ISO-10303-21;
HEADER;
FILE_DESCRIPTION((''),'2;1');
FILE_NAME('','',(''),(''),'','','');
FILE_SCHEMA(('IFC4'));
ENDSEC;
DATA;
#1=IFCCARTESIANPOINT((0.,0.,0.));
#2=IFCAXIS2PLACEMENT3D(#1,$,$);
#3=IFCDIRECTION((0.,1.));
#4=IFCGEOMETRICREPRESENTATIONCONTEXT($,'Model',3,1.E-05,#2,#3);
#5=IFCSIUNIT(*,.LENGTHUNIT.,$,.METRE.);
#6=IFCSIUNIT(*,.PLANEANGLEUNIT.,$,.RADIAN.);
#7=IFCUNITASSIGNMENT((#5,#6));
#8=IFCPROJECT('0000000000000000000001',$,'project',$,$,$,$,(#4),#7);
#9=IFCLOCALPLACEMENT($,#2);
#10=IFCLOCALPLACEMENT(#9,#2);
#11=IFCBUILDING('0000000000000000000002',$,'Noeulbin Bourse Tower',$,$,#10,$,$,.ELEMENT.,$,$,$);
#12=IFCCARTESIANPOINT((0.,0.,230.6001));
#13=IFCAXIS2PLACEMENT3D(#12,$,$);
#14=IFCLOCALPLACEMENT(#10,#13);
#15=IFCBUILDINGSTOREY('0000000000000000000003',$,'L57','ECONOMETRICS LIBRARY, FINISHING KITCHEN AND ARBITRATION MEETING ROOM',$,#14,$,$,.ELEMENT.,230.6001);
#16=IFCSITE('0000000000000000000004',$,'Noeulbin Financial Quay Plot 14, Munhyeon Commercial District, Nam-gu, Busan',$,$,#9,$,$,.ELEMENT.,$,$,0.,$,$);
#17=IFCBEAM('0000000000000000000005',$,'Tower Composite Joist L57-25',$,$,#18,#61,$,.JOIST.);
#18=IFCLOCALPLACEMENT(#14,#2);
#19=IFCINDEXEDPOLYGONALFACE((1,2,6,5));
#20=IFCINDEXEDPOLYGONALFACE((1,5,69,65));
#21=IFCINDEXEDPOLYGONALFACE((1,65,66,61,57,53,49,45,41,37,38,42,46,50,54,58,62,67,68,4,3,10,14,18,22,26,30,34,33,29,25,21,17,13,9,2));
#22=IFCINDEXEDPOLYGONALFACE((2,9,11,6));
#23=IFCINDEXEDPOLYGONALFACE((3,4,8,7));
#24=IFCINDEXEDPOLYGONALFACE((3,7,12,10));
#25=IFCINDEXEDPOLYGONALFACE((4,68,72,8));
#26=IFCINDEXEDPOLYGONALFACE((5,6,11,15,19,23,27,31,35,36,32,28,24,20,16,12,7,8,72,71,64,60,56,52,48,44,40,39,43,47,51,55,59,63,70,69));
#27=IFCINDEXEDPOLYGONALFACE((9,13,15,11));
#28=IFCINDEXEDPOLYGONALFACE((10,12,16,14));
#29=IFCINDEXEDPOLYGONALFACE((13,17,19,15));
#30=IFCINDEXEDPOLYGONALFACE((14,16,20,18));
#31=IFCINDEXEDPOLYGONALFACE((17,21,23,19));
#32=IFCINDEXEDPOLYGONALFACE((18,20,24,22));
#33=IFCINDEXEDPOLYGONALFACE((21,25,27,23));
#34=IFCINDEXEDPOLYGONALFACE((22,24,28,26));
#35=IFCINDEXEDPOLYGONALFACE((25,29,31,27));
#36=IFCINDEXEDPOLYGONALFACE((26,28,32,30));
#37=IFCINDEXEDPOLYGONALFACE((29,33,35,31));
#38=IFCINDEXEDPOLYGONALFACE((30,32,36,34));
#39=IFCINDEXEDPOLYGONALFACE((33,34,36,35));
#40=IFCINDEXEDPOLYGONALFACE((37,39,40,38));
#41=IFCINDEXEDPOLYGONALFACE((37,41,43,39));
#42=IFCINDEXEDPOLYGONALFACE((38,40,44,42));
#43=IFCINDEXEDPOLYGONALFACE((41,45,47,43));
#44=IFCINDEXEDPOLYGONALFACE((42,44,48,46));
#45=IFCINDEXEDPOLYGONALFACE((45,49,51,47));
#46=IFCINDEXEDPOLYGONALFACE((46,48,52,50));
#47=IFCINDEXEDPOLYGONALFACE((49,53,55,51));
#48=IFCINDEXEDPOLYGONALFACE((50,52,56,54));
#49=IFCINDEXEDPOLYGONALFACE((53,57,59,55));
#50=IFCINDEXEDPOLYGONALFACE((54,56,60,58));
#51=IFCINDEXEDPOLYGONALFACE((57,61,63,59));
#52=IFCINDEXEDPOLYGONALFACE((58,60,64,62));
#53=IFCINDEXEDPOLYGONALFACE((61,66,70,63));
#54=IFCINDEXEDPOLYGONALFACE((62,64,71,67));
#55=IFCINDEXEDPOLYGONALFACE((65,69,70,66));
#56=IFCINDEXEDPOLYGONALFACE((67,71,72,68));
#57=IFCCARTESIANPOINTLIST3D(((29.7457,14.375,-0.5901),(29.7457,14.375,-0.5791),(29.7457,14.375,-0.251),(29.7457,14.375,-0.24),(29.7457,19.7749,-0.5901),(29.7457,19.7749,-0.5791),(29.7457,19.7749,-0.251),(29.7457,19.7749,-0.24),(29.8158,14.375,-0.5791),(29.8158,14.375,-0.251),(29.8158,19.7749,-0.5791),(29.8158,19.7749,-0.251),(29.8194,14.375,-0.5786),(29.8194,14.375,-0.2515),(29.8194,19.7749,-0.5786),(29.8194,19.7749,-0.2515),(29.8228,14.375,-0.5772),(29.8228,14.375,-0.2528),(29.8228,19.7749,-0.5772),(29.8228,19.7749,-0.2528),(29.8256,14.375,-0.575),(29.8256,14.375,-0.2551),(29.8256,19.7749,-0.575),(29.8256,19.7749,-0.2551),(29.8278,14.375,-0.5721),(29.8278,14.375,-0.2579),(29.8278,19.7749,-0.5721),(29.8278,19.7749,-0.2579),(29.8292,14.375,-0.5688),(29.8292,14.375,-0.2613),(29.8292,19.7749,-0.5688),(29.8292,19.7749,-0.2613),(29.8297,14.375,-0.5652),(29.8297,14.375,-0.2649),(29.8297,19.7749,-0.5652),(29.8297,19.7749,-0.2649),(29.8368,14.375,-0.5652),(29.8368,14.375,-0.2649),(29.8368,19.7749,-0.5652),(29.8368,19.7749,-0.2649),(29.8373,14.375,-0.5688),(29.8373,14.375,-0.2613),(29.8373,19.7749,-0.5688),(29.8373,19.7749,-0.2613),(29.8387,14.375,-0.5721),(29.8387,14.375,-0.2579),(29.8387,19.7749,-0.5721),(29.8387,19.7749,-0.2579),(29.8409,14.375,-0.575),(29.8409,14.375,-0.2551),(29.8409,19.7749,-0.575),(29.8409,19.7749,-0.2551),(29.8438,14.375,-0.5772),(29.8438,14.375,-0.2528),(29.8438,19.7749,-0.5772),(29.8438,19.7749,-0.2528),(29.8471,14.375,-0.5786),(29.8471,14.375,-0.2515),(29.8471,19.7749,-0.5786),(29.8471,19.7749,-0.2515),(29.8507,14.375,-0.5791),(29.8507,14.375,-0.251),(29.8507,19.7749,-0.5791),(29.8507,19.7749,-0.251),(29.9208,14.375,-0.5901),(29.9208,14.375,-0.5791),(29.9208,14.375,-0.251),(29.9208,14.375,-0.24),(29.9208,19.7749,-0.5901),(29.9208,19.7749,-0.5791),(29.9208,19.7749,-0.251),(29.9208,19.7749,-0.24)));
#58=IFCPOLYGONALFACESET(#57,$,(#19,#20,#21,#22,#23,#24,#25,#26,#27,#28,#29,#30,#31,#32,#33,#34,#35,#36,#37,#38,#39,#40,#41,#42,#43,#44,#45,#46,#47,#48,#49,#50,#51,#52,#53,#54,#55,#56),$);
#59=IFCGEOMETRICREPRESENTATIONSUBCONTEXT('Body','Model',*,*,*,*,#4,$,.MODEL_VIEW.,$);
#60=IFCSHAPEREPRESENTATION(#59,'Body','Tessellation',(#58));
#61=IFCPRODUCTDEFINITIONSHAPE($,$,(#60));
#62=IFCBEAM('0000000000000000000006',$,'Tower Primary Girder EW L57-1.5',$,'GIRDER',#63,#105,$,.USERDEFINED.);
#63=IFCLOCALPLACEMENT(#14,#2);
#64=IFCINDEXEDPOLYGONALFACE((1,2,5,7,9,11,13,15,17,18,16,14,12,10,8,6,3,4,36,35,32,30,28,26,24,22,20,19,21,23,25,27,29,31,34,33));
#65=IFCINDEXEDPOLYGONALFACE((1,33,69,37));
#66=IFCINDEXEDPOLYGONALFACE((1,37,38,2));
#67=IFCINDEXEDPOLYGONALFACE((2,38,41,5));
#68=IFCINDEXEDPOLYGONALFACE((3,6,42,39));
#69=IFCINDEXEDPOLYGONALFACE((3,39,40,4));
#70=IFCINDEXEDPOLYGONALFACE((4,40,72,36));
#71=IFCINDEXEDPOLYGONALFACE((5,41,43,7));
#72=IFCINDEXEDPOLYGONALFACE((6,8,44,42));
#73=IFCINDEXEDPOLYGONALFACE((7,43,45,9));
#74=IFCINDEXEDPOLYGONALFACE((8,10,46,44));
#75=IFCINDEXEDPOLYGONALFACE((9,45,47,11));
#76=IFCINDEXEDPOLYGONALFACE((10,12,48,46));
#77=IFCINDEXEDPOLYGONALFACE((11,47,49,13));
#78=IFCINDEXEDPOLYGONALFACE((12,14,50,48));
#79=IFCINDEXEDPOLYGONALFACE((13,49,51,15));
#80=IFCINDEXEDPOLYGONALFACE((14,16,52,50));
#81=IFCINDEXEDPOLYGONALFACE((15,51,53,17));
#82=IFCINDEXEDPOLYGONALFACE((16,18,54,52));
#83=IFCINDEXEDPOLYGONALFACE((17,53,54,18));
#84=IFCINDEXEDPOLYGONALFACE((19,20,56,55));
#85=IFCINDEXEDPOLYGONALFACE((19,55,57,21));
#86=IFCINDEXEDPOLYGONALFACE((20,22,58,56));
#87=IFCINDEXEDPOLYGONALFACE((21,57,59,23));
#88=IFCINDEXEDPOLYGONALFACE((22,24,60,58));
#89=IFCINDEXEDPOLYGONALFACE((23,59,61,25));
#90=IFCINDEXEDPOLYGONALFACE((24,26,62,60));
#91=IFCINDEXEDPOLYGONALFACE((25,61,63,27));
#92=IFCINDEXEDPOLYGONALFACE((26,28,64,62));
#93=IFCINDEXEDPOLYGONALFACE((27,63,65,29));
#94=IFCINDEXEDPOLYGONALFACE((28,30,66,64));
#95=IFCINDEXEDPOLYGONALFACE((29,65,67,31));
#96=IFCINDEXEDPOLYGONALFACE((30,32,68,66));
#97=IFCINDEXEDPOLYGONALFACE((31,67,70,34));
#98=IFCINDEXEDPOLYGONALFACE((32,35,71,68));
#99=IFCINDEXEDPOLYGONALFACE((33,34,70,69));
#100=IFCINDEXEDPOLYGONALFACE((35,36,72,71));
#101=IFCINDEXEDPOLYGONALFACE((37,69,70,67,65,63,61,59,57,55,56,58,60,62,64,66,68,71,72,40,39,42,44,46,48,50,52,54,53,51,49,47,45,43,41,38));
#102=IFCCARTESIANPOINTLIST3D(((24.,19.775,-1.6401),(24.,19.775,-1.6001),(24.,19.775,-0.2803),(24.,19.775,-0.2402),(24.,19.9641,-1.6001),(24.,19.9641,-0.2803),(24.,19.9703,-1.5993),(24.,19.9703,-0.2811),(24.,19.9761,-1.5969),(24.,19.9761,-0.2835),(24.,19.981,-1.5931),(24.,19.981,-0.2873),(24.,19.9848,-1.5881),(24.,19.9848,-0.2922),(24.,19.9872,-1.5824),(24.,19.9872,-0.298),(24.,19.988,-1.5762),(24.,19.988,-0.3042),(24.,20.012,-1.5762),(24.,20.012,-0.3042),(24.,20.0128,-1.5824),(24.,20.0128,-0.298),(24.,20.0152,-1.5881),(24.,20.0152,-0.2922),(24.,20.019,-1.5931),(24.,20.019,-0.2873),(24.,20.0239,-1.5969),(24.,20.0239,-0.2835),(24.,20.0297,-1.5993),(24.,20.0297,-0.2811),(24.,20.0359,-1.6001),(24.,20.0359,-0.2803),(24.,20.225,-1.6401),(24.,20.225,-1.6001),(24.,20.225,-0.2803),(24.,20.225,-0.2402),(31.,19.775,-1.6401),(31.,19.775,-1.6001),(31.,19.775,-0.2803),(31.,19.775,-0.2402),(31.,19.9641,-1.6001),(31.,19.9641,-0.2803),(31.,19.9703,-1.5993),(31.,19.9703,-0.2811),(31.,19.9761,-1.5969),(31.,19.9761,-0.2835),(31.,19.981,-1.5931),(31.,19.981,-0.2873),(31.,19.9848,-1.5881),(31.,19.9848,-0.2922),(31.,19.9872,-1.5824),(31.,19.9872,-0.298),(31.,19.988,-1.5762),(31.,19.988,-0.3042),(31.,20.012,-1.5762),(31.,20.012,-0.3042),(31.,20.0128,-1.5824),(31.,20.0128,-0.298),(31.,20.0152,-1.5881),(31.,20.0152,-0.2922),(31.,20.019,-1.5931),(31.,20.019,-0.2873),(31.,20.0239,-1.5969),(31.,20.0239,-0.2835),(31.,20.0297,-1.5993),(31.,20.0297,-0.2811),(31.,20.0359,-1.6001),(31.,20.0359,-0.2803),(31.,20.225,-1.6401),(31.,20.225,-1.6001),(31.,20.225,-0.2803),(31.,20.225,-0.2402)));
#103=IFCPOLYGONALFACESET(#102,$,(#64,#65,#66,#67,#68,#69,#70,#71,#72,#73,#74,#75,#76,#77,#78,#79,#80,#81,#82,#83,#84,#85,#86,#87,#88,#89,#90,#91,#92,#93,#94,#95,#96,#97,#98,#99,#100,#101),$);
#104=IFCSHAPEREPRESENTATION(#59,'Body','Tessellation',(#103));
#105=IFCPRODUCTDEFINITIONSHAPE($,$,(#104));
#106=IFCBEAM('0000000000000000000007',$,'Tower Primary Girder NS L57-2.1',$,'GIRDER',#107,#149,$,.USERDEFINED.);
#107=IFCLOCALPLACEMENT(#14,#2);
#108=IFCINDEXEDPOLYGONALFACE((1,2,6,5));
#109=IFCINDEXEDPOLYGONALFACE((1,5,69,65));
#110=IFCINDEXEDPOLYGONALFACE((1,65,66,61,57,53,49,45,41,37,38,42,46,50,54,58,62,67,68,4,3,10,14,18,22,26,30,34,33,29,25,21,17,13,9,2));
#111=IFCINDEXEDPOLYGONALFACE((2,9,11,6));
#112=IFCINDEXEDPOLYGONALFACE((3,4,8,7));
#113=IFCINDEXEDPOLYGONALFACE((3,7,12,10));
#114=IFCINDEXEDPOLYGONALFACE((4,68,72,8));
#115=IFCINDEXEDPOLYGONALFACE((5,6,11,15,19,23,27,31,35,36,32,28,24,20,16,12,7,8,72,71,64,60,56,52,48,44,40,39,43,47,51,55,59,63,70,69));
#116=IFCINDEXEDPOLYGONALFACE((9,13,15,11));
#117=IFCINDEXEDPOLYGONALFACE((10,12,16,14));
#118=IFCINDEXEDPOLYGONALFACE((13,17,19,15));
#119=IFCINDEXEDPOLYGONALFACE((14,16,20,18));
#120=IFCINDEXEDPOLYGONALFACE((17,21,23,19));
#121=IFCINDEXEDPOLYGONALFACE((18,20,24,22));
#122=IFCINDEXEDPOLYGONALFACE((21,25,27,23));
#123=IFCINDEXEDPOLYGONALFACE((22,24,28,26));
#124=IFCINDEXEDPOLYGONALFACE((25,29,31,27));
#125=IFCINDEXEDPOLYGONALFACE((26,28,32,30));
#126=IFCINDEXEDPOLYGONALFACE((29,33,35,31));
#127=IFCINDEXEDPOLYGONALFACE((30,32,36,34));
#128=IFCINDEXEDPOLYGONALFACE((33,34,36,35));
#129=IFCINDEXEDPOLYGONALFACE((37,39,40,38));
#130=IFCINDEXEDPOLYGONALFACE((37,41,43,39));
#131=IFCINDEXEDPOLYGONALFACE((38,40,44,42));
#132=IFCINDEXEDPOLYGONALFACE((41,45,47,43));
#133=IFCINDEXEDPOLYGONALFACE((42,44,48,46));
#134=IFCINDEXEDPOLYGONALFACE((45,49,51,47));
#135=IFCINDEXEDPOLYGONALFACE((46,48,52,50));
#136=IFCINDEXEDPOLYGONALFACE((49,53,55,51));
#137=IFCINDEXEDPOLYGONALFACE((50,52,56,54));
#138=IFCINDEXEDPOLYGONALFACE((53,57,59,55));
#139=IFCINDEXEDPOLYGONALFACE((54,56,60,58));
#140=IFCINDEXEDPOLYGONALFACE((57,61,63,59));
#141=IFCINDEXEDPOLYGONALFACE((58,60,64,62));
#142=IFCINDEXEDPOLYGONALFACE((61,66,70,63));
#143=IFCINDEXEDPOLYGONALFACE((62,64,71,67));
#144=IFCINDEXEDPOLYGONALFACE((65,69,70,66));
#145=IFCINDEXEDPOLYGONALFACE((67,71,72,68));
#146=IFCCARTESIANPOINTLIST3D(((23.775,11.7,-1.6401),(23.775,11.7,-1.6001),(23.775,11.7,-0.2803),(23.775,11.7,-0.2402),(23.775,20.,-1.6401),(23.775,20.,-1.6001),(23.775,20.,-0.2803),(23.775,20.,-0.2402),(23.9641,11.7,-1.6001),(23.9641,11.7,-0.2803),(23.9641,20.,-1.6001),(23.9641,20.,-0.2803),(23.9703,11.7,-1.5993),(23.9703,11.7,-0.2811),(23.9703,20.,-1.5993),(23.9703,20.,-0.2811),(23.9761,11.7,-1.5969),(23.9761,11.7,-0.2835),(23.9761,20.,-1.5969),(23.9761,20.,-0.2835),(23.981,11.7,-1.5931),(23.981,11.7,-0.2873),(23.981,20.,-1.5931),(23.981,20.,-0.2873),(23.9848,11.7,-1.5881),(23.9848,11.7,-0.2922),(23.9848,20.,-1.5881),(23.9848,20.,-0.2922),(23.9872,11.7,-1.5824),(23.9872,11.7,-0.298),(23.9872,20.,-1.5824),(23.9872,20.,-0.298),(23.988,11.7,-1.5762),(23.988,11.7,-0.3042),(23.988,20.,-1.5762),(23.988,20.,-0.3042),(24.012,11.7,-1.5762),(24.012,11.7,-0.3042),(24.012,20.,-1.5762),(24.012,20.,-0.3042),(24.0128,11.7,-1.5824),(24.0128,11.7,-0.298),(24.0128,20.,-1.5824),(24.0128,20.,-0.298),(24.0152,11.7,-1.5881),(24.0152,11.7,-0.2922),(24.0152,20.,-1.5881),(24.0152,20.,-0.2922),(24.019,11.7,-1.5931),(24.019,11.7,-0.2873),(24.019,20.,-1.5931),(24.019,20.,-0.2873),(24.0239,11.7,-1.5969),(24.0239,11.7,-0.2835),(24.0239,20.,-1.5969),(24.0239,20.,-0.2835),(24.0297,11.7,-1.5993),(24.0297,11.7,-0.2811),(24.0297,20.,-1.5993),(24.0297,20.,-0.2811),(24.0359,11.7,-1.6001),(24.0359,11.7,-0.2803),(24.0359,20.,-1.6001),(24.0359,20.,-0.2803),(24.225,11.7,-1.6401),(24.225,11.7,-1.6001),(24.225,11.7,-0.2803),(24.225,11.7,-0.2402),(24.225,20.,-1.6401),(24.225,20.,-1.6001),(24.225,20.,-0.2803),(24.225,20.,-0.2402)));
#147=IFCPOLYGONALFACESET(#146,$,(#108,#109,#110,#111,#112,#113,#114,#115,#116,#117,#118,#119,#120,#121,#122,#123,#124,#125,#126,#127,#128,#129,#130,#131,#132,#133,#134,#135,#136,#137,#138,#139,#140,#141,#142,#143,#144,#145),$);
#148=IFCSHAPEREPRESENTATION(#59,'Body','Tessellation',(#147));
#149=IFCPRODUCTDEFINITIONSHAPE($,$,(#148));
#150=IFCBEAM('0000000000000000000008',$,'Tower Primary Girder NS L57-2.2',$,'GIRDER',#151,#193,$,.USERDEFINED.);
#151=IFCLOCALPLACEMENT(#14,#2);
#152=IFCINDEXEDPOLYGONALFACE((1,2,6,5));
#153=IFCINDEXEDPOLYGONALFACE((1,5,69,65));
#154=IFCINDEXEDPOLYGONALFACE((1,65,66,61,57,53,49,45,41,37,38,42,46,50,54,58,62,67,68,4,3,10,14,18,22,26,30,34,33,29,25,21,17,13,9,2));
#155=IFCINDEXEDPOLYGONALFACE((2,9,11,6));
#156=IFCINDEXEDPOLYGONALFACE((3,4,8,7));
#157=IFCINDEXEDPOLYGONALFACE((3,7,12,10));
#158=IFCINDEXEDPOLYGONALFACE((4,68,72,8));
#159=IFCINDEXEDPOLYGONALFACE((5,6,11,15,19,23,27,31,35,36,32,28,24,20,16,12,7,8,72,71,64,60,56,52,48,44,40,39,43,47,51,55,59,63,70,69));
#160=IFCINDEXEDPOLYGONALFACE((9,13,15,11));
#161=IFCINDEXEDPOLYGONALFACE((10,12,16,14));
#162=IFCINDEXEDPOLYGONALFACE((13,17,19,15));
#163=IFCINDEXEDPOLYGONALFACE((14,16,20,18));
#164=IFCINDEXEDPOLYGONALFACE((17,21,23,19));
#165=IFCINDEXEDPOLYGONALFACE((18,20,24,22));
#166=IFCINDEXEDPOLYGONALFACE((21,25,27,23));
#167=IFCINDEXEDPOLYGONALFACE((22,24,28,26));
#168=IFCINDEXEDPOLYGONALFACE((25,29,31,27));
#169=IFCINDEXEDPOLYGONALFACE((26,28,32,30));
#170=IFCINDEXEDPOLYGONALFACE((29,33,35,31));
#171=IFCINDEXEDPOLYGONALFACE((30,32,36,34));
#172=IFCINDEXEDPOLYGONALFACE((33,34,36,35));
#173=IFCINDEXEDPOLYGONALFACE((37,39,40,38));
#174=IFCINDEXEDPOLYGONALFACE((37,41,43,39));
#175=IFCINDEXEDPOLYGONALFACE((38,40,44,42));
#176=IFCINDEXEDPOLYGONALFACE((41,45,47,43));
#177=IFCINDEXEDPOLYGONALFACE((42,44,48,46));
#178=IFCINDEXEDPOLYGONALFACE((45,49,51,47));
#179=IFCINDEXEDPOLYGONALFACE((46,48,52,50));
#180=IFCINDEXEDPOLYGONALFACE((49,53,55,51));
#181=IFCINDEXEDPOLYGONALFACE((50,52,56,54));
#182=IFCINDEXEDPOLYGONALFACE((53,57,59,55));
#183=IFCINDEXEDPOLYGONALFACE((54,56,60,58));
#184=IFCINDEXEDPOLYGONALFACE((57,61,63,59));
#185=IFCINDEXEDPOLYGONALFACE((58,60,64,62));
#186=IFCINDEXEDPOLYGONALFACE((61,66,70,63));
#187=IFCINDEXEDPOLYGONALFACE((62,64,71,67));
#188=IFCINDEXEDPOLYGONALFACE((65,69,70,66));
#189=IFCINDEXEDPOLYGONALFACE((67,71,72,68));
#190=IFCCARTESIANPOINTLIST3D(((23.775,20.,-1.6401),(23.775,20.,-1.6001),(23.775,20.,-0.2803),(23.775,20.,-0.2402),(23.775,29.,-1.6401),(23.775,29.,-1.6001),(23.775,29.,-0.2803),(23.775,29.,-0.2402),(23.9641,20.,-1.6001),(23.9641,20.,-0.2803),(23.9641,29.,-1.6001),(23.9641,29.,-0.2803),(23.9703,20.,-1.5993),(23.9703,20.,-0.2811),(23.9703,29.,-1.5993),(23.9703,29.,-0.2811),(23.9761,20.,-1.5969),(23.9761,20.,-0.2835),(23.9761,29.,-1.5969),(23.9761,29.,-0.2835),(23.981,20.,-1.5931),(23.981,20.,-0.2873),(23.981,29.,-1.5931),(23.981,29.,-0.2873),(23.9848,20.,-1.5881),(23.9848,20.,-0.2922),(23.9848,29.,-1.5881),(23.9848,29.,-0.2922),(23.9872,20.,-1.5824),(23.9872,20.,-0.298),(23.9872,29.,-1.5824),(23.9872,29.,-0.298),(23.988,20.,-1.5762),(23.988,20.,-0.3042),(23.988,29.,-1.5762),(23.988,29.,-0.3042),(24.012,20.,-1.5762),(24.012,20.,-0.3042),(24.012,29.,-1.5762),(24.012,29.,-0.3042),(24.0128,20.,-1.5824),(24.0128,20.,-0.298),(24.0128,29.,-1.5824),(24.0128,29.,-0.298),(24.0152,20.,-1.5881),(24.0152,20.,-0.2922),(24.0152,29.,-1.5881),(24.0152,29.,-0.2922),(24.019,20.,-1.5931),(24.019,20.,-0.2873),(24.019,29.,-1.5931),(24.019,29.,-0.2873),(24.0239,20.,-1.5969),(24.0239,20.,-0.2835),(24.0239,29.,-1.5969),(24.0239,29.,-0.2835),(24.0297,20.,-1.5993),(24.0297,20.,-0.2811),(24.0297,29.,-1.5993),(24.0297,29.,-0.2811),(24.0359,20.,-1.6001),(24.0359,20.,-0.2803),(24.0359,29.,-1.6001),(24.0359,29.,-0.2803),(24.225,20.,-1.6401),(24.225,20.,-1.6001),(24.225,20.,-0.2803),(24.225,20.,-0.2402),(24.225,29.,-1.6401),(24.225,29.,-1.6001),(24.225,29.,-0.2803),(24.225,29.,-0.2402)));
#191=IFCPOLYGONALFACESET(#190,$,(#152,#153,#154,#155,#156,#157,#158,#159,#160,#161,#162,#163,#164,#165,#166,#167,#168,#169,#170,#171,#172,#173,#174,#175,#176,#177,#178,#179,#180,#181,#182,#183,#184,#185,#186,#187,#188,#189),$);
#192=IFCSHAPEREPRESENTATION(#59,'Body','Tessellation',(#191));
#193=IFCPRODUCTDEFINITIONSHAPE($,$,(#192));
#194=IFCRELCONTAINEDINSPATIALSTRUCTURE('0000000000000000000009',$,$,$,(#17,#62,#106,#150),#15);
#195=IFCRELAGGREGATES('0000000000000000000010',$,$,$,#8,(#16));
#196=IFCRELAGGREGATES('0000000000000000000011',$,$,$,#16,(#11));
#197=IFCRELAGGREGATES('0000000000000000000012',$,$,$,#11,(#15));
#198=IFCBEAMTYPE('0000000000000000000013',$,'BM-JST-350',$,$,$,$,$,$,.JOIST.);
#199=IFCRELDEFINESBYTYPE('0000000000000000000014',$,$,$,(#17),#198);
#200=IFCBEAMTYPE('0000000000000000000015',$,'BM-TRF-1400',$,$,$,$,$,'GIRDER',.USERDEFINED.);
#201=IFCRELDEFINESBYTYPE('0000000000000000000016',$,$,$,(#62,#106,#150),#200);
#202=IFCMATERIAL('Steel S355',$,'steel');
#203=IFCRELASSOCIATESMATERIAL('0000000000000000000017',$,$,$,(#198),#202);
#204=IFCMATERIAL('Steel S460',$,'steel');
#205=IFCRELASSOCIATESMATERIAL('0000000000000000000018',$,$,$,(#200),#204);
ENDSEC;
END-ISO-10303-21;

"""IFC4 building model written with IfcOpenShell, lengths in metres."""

from ifc_helpers import new_model, si_unit, direction, frame, origin, origin_2d, place, context, subcontext, project, spatial, i_section, extrude, material, material_profile, profile_set, type_object, element, save


model = new_model("IFC4")

# Units and contexts
model_context = context("Model", 3, precision=1e-05, world=origin(), true_north=direction((0.0, 1.0)))
body_context = subcontext(model_context, "Body", "Model", "MODEL_VIEW")
ifc_project = project(units=[si_unit("LENGTHUNIT", "METRE"), si_unit("PLANEANGLEUNIT", "RADIAN")], contexts=[model_context])

# Site, building, storey
site_placement = place(None, origin())
site = spatial("IfcSite", under=ifc_project, at=site_placement, Name="Noeulbin Financial Quay Plot 14, Munhyeon Commercial District, Nam-gu, Busan", CompositionType="ELEMENT", RefElevation=0.0)
building_placement = place(site_placement, origin())
building = spatial("IfcBuilding", under=site, at=building_placement, Name="Noeulbin Bourse Tower", CompositionType="ELEMENT")
storey_placement = place(building_placement, frame((0.0, 0.0, 230.6001)))
storey = spatial("IfcBuildingStorey", under=building, at=storey_placement, Name="L57", Description="ECONOMETRICS LIBRARY, FINISHING KITCHEN AND ARBITRATION MEETING ROOM", CompositionType="ELEMENT", Elevation=230.6001)

# Shared definitions
ifc_material_1 = material(Name="Steel S355", Category="steel")

# Beams
ifc_material_profile_1 = material_profile(ifc_material_1, i_section(OverallWidth=0.175, OverallDepth=0.3501, WebThickness=0.0071, FlangeThickness=0.011, FilletRadius=0.0139, at=origin_2d()), Name="H-350x175x7x11", Category="LoadBearing")
ifc_profile_set_1 = profile_set([ifc_material_profile_1], Name="Steel S355")
beam_type_1 = type_object("IfcBeamType", Name="BM-JST-350", PredefinedType="JOIST", material=ifc_profile_set_1)
for number, where, z_axis, x_axis, name in (
    (1, (29.8333, 14.375, -0.415), (0.0, 1.0, 0.0), (-1.0, 0.0, 0.0), "Tower Composite Joist L57-25"),
):
    element("IfcBeam", number, at=place(storey_placement, frame(where, z_axis=z_axis, x_axis=x_axis)), inside=storey, type_object=beam_type_1, Name=name, PredefinedType="JOIST", context=body_context, shape_type="SweptSolid", body=[
        extrude(i_section(OverallWidth=0.175, OverallDepth=0.3501, WebThickness=0.0071, FlangeThickness=0.011, FilletRadius=0.0139, at=origin_2d()), origin(), (0.0, 0.0, 1.0), 5.3999),
    ])
ifc_material_2 = material(Name="Steel S460", Category="steel")
ifc_material_profile_2 = material_profile(ifc_material_2, i_section(OverallWidth=0.45, OverallDepth=1.3999, WebThickness=0.0239, FlangeThickness=0.04, FilletRadius=0.0239, at=origin_2d()), Name="PG-1400x450x24x40", Category="LoadBearing")
ifc_profile_set_2 = profile_set([ifc_material_profile_2], Name="Steel S460")
beam_type_2 = type_object("IfcBeamType", Name="BM-TRF-1400", ElementType="GIRDER", PredefinedType="USERDEFINED", material=ifc_profile_set_2)
beam_1_placement = place(storey_placement, frame((24.0, 20.0, -0.9402), z_axis=(1.0, 0.0, 0.0), x_axis=(0.0, 1.0, 0.0)))
element("IfcBeam", 2, at=beam_1_placement, inside=storey, type_object=beam_type_2, Name="Tower Primary Girder EW L57-1.5", ObjectType="GIRDER", PredefinedType="USERDEFINED", context=body_context, shape_type="SweptSolid", body=[
    extrude(i_section(OverallWidth=0.45, OverallDepth=1.3999, WebThickness=0.0239, FlangeThickness=0.04, FilletRadius=0.0239, at=origin_2d()), origin(), (0.0, 0.0, 1.0), 7.0),
])
beam_2_placement = place(storey_placement, frame((24.0, 11.7, -0.9402), z_axis=(0.0, 1.0, 0.0), x_axis=(-1.0, 0.0, 0.0)))
element("IfcBeam", 3, at=beam_2_placement, inside=storey, type_object=beam_type_2, Name="Tower Primary Girder NS L57-2.1", ObjectType="GIRDER", PredefinedType="USERDEFINED", context=body_context, shape_type="SweptSolid", body=[
    extrude(i_section(OverallWidth=0.45, OverallDepth=1.3999, WebThickness=0.0239, FlangeThickness=0.04, FilletRadius=0.0239, at=origin_2d()), origin(), (0.0, 0.0, 1.0), 8.3),
])
beam_3_placement = place(storey_placement, frame((24.0, 20.0, -0.9402), z_axis=(0.0, 1.0, 0.0), x_axis=(-1.0, 0.0, 0.0)))
element("IfcBeam", 4, at=beam_3_placement, inside=storey, type_object=beam_type_2, Name="Tower Primary Girder NS L57-2.2", ObjectType="GIRDER", PredefinedType="USERDEFINED", context=body_context, shape_type="SweptSolid", body=[
    extrude(i_section(OverallWidth=0.45, OverallDepth=1.3999, WebThickness=0.0239, FlangeThickness=0.04, FilletRadius=0.0239, at=origin_2d()), origin(), (0.0, 0.0, 1.0), 9.0),
])

save(model, "model.ifc")
